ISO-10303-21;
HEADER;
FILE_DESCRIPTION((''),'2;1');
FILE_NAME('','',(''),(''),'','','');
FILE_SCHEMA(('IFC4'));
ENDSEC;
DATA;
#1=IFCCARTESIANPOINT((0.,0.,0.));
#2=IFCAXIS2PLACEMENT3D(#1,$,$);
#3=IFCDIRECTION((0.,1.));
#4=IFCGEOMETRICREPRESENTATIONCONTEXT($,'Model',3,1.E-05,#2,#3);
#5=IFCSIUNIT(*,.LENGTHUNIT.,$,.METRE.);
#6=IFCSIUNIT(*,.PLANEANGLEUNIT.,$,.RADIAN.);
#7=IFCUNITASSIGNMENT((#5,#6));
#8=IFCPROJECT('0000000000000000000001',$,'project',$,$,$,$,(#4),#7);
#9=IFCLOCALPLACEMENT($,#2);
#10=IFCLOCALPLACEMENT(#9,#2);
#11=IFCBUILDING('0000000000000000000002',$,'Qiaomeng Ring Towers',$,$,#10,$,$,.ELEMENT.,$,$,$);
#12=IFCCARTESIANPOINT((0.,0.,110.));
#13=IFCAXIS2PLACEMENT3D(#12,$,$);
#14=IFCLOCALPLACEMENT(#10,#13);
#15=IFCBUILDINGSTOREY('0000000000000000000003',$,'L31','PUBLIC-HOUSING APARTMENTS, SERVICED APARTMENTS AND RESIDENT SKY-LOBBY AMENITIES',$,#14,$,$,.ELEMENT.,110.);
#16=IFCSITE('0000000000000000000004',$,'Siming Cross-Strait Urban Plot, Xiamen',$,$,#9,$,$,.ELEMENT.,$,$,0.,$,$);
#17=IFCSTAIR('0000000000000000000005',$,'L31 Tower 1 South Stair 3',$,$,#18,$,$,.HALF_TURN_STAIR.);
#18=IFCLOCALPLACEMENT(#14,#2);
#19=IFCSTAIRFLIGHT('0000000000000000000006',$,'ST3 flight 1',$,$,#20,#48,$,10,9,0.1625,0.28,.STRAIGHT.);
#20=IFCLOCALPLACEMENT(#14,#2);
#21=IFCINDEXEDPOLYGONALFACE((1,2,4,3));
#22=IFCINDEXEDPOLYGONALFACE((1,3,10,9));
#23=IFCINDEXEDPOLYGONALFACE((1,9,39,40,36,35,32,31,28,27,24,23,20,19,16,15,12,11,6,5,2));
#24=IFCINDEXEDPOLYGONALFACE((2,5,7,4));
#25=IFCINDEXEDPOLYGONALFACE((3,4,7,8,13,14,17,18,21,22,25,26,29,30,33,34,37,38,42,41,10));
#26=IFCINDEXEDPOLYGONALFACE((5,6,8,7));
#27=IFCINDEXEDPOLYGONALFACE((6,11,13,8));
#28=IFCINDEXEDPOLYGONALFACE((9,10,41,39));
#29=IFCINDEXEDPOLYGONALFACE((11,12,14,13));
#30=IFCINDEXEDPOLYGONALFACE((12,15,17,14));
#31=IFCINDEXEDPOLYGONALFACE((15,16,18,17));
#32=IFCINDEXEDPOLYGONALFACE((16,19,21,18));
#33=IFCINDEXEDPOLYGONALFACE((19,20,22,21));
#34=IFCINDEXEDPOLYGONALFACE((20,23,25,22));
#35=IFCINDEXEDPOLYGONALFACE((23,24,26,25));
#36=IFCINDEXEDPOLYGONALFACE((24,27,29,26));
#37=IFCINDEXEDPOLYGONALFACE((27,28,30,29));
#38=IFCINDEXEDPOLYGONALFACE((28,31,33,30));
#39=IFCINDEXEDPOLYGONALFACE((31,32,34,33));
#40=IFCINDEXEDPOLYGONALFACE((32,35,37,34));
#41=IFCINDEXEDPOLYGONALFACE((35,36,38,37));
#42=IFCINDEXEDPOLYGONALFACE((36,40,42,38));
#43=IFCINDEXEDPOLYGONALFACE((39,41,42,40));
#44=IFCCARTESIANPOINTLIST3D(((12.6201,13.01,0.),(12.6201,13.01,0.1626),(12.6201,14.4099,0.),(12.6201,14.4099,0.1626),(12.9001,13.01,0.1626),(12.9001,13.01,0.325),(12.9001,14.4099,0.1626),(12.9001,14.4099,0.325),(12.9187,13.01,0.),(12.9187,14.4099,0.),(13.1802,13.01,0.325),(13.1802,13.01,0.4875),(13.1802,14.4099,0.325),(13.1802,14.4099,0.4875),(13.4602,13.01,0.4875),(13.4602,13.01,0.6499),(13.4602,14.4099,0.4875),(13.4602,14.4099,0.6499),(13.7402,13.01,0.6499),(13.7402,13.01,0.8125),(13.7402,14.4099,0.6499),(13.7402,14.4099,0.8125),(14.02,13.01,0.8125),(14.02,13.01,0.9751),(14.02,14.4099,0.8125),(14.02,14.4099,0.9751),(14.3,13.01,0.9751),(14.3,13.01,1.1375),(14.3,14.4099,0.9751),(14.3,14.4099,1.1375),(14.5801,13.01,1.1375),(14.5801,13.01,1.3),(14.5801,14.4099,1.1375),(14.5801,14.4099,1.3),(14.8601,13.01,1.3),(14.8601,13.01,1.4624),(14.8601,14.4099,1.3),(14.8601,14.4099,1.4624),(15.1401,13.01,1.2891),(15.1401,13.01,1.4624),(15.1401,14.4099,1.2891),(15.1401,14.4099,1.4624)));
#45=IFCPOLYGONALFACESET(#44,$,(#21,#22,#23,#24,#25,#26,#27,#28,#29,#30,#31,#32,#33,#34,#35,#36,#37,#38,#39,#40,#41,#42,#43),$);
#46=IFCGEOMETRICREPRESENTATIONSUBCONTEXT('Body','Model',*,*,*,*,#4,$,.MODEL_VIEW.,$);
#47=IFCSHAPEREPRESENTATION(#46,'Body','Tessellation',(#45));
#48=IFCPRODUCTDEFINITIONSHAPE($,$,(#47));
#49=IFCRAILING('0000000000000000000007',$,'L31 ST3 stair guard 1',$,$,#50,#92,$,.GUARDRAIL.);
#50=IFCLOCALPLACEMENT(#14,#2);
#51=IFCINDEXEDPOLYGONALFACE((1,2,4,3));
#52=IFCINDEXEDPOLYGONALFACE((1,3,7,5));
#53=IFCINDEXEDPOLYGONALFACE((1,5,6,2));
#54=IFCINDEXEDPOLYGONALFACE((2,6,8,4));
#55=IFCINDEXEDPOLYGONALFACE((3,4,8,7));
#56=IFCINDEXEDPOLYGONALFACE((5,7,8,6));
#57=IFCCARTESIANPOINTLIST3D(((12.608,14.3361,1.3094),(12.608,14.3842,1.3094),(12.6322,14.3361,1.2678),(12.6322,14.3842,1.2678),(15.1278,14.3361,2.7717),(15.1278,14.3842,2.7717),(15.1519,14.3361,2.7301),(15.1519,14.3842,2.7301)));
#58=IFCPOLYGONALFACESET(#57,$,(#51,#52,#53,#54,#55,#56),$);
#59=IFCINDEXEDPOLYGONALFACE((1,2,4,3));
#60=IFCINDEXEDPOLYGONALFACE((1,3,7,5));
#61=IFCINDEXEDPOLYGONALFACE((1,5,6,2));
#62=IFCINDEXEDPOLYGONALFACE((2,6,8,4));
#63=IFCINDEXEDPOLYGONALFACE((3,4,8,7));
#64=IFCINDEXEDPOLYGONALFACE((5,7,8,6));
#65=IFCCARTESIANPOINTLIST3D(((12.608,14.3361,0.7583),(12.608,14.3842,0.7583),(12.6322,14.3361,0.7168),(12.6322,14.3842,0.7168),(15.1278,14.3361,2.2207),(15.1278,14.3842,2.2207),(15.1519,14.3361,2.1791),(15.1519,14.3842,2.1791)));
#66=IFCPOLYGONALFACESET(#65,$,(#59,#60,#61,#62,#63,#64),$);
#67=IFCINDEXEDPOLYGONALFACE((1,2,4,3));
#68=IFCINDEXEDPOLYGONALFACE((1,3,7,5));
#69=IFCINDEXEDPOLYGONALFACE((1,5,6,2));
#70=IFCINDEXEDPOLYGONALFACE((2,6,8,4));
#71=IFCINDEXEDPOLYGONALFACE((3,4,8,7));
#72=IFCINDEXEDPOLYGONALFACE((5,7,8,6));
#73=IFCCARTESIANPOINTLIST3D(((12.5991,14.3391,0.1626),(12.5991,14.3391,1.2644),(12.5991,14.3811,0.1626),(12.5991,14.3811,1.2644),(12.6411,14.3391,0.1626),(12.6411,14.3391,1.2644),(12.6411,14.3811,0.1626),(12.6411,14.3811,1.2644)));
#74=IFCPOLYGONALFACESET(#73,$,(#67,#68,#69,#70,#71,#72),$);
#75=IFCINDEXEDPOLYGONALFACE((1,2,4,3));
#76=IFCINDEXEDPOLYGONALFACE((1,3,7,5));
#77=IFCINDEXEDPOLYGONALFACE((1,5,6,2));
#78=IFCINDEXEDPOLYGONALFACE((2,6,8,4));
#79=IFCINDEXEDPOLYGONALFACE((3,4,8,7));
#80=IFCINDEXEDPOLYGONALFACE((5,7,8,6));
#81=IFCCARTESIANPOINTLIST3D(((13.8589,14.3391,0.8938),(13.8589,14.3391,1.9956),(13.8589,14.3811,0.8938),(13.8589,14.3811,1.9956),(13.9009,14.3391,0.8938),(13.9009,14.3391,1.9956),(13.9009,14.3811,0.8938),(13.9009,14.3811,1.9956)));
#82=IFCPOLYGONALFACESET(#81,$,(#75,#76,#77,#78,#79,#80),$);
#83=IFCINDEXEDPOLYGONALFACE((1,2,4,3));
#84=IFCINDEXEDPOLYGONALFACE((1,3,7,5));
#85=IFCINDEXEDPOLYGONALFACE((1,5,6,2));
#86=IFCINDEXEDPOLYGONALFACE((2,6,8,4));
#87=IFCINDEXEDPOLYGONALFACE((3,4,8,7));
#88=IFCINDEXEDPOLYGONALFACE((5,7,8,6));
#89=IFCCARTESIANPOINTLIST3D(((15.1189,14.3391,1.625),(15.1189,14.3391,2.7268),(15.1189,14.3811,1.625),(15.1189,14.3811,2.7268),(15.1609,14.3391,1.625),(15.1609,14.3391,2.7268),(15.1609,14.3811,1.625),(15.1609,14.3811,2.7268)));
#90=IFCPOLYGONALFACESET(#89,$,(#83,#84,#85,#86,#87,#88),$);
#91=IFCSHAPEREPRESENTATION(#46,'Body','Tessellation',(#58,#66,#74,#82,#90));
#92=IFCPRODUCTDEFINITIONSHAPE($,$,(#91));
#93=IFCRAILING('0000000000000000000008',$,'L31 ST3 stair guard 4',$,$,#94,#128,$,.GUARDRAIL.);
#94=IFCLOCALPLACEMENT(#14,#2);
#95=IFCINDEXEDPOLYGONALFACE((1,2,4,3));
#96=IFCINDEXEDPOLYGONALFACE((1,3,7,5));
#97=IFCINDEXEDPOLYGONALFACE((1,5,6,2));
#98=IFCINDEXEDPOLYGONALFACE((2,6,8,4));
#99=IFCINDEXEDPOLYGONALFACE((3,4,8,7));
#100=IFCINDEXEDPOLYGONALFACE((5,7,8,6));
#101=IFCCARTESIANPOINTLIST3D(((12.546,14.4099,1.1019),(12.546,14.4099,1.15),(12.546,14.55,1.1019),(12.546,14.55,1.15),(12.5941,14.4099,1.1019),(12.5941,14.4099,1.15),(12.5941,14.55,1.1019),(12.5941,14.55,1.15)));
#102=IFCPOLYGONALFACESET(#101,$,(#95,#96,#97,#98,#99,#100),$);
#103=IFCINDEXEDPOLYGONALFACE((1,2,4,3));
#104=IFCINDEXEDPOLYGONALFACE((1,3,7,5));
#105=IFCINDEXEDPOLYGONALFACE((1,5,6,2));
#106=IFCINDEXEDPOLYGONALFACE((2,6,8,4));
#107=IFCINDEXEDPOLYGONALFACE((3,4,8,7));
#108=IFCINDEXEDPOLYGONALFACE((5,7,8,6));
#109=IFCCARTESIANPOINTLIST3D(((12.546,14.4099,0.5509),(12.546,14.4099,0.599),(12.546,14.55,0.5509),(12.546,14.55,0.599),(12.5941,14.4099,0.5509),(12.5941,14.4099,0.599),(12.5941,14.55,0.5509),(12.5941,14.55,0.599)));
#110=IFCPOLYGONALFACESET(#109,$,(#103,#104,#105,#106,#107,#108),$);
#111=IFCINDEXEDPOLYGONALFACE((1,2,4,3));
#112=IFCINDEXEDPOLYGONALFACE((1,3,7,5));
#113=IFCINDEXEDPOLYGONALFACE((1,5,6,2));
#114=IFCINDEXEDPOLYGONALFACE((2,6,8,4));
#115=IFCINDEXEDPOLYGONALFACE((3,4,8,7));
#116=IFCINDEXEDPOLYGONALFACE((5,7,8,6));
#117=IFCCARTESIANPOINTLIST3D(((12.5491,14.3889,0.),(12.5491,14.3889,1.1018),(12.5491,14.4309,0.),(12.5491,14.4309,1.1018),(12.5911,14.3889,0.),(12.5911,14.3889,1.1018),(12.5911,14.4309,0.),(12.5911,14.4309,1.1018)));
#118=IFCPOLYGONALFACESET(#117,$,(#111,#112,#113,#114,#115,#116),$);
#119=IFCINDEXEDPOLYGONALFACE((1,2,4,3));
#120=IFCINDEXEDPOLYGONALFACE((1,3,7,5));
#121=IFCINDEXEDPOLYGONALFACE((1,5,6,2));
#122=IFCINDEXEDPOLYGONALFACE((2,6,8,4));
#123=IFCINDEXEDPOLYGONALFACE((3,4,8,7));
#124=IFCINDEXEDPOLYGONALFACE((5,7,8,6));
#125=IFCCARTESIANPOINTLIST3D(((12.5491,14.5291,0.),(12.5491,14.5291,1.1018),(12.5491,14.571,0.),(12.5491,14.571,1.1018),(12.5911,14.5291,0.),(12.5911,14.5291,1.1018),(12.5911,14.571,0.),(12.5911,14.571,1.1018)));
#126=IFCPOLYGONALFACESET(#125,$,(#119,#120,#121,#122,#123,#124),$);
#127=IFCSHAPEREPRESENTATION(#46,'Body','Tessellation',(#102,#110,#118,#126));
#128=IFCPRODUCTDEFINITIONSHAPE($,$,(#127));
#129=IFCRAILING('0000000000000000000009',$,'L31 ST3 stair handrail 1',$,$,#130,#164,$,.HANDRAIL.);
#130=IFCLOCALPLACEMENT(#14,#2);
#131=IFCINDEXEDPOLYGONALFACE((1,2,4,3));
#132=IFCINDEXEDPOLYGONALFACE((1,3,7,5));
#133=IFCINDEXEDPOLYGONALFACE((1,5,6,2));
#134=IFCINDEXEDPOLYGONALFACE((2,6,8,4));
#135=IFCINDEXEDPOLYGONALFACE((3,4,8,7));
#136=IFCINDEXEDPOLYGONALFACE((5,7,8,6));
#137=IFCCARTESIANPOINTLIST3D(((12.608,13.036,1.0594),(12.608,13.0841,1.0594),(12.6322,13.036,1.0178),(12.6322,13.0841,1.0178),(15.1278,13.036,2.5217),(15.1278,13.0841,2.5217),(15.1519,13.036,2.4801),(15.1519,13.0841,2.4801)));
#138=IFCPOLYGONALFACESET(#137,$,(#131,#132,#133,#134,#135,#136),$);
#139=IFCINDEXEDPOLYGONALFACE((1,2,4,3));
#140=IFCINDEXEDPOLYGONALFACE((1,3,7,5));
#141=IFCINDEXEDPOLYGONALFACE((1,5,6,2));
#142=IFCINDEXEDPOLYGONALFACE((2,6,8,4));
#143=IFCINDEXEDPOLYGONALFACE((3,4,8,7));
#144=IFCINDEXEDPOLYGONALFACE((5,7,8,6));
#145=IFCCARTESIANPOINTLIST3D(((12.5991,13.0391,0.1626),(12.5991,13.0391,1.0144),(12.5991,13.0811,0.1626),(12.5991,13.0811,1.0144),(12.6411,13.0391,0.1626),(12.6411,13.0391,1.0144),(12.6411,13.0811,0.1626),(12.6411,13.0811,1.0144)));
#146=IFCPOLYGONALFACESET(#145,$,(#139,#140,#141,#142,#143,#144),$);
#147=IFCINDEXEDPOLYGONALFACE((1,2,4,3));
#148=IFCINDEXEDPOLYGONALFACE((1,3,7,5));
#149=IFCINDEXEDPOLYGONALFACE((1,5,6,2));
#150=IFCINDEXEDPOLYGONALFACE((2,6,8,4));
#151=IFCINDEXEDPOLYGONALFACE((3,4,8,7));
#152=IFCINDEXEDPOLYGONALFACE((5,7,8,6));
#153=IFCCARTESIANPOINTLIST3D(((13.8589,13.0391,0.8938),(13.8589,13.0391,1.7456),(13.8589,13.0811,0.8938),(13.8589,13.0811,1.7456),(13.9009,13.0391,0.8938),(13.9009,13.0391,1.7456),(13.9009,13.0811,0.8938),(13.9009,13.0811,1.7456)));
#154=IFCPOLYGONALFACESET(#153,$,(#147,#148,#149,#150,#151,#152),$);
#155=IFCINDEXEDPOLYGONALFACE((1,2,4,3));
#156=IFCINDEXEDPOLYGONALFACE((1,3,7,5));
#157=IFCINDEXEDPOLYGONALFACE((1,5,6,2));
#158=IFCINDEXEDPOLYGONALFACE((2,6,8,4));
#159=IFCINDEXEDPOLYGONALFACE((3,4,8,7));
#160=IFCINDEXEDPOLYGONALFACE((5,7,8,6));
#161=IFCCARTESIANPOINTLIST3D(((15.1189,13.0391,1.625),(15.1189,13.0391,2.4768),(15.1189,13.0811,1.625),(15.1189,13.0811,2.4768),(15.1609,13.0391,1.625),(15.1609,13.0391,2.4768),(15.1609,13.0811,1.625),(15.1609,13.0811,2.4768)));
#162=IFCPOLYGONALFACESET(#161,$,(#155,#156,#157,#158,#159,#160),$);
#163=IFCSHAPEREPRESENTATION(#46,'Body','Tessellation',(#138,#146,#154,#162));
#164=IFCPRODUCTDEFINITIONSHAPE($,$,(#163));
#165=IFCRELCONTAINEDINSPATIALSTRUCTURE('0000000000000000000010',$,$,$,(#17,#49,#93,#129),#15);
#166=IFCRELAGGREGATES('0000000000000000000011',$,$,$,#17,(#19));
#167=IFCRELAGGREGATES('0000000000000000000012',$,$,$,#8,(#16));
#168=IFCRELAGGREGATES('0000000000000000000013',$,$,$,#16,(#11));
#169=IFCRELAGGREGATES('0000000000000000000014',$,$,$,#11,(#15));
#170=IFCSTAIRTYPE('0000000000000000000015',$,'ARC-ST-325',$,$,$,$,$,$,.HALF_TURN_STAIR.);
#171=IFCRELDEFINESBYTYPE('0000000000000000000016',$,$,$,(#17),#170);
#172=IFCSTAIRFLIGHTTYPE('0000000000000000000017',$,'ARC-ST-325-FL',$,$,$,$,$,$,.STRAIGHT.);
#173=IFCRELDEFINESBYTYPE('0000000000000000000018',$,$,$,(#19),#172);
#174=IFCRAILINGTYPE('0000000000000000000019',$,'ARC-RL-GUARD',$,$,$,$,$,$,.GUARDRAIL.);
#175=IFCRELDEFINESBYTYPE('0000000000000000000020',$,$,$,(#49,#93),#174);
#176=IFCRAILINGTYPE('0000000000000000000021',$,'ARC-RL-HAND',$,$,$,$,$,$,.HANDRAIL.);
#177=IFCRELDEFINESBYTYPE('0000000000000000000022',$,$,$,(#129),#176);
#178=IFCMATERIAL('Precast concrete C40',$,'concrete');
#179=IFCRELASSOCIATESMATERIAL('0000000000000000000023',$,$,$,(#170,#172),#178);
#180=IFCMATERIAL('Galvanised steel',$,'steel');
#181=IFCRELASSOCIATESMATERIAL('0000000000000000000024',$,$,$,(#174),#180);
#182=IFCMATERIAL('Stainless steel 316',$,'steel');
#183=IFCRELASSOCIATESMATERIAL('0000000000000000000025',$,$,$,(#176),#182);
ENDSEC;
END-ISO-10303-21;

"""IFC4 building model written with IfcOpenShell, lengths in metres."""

from ifc_helpers import new_model, si_unit, direction, frame, origin, origin_2d, place, context, subcontext, project, spatial, polyline, rectangle, outline, extrude, source, transform, mapped, material, type_object, element, aggregate, save


model = new_model("IFC4")

# Units and contexts
model_context = context("Model", 3, precision=1e-05, world=origin(), true_north=direction((0.0, 1.0)))
body_context = subcontext(model_context, "Body", "Model", "MODEL_VIEW")
ifc_project = project(units=[si_unit("LENGTHUNIT", "METRE"), si_unit("PLANEANGLEUNIT", "RADIAN")], contexts=[model_context])

# Site, building, storey
site_placement = place(None, origin())
site = spatial("IfcSite", under=ifc_project, at=site_placement, Name="Siming Cross-Strait Urban Plot, Xiamen", CompositionType="ELEMENT", RefElevation=0.0)
building_placement = place(site_placement, origin())
building = spatial("IfcBuilding", under=site, at=building_placement, Name="Qiaomeng Ring Towers", CompositionType="ELEMENT")
storey_placement = place(building_placement, frame((0.0, 0.0, 110.0)))
storey = spatial("IfcBuildingStorey", under=building, at=storey_placement, Name="L31", Description="PUBLIC-HOUSING APARTMENTS, SERVICED APARTMENTS AND RESIDENT SKY-LOBBY AMENITIES", CompositionType="ELEMENT", Elevation=110.0)

# Shared definitions
ifc_material_1 = material(Name="Galvanised steel", Category="steel")

# Stair, stair flight
ifc_material_2 = material(Name="Precast concrete C40", Category="concrete")
stair_type = type_object("IfcStairType", Name="ARC-ST-325", PredefinedType="HALF_TURN_STAIR", material=ifc_material_2)
stair_placement = place(storey_placement, origin())
stair = element("IfcStair", 1, at=stair_placement, inside=storey, type_object=stair_type, Name="L31 Tower 1 South Stair 3", PredefinedType="HALF_TURN_STAIR")
stair_flight_type = type_object("IfcStairFlightType", Name="ARC-ST-325-FL", PredefinedType="STRAIGHT", material=ifc_material_2)
shared_shape_1 = source(origin(), body_context, "Body", "SweptSolid", [
    extrude(outline(polyline([(0.0, 0.0), (0.0, 0.1626), (0.28, 0.1626), (0.28, 0.325), (0.5601, 0.325), (0.5601, 0.4875), (0.8401, 0.4875), (0.8401, 0.6499), (1.1201, 0.6499), (1.1201, 0.8125), (1.3999, 0.8125), (1.3999, 0.9751), (1.6799, 0.9751), (1.6799, 1.1375), (1.96, 1.1375), (1.96, 1.3), (2.24, 1.3), (2.24, 1.4624), (2.52, 1.4624), (2.52, 1.625), (2.52, 1.2891), (0.2986, 0.0), (0.0, 0.0)])), frame((0.0, 0.7, 0.0), z_axis=(0.0, -1.0, 0.0), x_axis=(1.0, 0.0, 0.0)), (0.0, 0.0, 1.0), 1.3999),
])
stair_flight_placement = place(storey_placement, frame((12.6201, 13.71, 0.0), z_axis=(0.0, 0.0, 1.0), x_axis=(1.0, 0.0, 0.0)))
stair_flight = element("IfcStairFlight", 2, at=stair_flight_placement, type_object=stair_flight_type, Name="ST3 flight 1", NumberOfRisers=10, NumberOfTreads=9, PredefinedType="STRAIGHT", RiserHeight=0.1625, TreadLength=0.28, context=body_context, shape_type="MappedRepresentation", body=[
    mapped(shared_shape_1, transform((0.0, 0.0, 0.0), x_axis=(1.0, 0.0, 0.0), y_axis=(0.0, 1.0, 0.0), z_axis=(0.0, 0.0, 1.0), scale=1.0)),
])
aggregate(stair, [stair_flight])

# Railings
railing_type_1 = type_object("IfcRailingType", Name="ARC-RL-GUARD", PredefinedType="GUARDRAIL", material=ifc_material_1)
railing_1_placement = place(storey_placement, frame((12.6201, 14.3601, 0.1626)))
element("IfcRailing", 3, at=railing_1_placement, inside=storey, type_object=railing_type_1, Name="L31 ST3 stair guard 1", PredefinedType="GUARDRAIL", context=body_context, shape_type="SweptSolid", body=[
    extrude(rectangle(XDim=0.0481, YDim=0.0481, at=origin_2d()), frame((0.0, 0.0, 1.126), z_axis=(0.864892, 0.0, 0.501958), x_axis=(0.0, 1.0, 0.0)), (0.0, 0.0, 1.0), 2.9133),
    extrude(rectangle(XDim=0.0481, YDim=0.0481, at=origin_2d()), frame((0.0, 0.0, 0.575), z_axis=(0.864892, 0.0, 0.501958), x_axis=(0.0, 1.0, 0.0)), (0.0, 0.0, 1.0), 2.9133),
    extrude(rectangle(XDim=0.042, YDim=0.042, at=origin_2d()), origin(), (0.0, 0.0, 1.0), 1.1018),
    extrude(rectangle(XDim=0.042, YDim=0.042, at=origin_2d()), frame((1.2598, 0.0, 0.7312)), (0.0, 0.0, 1.0), 1.1018),
    extrude(rectangle(XDim=0.042, YDim=0.042, at=origin_2d()), frame((2.5198, 0.0, 1.4624)), (0.0, 0.0, 1.0), 1.1018),
])
railing_2_placement = place(storey_placement, frame((12.5701, 14.4099, 0.0)))
element("IfcRailing", 4, at=railing_2_placement, inside=storey, type_object=railing_type_1, Name="L31 ST3 stair guard 4", PredefinedType="GUARDRAIL", context=body_context, shape_type="SweptSolid", body=[
    extrude(rectangle(XDim=0.0481, YDim=0.0481, at=origin_2d()), frame((0.0, 0.0, 1.126), z_axis=(0.0, 1.0, 0.0), x_axis=(-1.0, 0.0, 0.0)), (0.0, 0.0, 1.0), 0.1401),
    extrude(rectangle(XDim=0.0481, YDim=0.0481, at=origin_2d()), frame((0.0, 0.0, 0.575), z_axis=(0.0, 1.0, 0.0), x_axis=(-1.0, 0.0, 0.0)), (0.0, 0.0, 1.0), 0.1401),
    extrude(rectangle(XDim=0.042, YDim=0.042, at=origin_2d()), origin(), (0.0, 0.0, 1.0), 1.1018),
    extrude(rectangle(XDim=0.042, YDim=0.042, at=origin_2d()), frame((0.0, 0.1401, 0.0)), (0.0, 0.0, 1.0), 1.1018),
])
ifc_material_3 = material(Name="Stainless steel 316", Category="steel")
railing_type_2 = type_object("IfcRailingType", Name="ARC-RL-HAND", PredefinedType="HANDRAIL", material=ifc_material_3)
railing_3_placement = place(storey_placement, frame((12.6201, 13.0601, 0.1626)))
element("IfcRailing", 5, at=railing_3_placement, inside=storey, type_object=railing_type_2, Name="L31 ST3 stair handrail 1", PredefinedType="HANDRAIL", context=body_context, shape_type="SweptSolid", body=[
    extrude(rectangle(XDim=0.0481, YDim=0.0481, at=origin_2d()), frame((0.0, 0.0, 0.876), z_axis=(0.864892, 0.0, 0.501958), x_axis=(0.0, 1.0, 0.0)), (0.0, 0.0, 1.0), 2.9133),
    extrude(rectangle(XDim=0.042, YDim=0.042, at=origin_2d()), origin(), (0.0, 0.0, 1.0), 0.8518),
    extrude(rectangle(XDim=0.042, YDim=0.042, at=origin_2d()), frame((1.2598, 0.0, 0.7312)), (0.0, 0.0, 1.0), 0.8518),
    extrude(rectangle(XDim=0.042, YDim=0.042, at=origin_2d()), frame((2.5198, 0.0, 1.4624)), (0.0, 0.0, 1.0), 0.8518),
])

save(model, "model.ifc")
